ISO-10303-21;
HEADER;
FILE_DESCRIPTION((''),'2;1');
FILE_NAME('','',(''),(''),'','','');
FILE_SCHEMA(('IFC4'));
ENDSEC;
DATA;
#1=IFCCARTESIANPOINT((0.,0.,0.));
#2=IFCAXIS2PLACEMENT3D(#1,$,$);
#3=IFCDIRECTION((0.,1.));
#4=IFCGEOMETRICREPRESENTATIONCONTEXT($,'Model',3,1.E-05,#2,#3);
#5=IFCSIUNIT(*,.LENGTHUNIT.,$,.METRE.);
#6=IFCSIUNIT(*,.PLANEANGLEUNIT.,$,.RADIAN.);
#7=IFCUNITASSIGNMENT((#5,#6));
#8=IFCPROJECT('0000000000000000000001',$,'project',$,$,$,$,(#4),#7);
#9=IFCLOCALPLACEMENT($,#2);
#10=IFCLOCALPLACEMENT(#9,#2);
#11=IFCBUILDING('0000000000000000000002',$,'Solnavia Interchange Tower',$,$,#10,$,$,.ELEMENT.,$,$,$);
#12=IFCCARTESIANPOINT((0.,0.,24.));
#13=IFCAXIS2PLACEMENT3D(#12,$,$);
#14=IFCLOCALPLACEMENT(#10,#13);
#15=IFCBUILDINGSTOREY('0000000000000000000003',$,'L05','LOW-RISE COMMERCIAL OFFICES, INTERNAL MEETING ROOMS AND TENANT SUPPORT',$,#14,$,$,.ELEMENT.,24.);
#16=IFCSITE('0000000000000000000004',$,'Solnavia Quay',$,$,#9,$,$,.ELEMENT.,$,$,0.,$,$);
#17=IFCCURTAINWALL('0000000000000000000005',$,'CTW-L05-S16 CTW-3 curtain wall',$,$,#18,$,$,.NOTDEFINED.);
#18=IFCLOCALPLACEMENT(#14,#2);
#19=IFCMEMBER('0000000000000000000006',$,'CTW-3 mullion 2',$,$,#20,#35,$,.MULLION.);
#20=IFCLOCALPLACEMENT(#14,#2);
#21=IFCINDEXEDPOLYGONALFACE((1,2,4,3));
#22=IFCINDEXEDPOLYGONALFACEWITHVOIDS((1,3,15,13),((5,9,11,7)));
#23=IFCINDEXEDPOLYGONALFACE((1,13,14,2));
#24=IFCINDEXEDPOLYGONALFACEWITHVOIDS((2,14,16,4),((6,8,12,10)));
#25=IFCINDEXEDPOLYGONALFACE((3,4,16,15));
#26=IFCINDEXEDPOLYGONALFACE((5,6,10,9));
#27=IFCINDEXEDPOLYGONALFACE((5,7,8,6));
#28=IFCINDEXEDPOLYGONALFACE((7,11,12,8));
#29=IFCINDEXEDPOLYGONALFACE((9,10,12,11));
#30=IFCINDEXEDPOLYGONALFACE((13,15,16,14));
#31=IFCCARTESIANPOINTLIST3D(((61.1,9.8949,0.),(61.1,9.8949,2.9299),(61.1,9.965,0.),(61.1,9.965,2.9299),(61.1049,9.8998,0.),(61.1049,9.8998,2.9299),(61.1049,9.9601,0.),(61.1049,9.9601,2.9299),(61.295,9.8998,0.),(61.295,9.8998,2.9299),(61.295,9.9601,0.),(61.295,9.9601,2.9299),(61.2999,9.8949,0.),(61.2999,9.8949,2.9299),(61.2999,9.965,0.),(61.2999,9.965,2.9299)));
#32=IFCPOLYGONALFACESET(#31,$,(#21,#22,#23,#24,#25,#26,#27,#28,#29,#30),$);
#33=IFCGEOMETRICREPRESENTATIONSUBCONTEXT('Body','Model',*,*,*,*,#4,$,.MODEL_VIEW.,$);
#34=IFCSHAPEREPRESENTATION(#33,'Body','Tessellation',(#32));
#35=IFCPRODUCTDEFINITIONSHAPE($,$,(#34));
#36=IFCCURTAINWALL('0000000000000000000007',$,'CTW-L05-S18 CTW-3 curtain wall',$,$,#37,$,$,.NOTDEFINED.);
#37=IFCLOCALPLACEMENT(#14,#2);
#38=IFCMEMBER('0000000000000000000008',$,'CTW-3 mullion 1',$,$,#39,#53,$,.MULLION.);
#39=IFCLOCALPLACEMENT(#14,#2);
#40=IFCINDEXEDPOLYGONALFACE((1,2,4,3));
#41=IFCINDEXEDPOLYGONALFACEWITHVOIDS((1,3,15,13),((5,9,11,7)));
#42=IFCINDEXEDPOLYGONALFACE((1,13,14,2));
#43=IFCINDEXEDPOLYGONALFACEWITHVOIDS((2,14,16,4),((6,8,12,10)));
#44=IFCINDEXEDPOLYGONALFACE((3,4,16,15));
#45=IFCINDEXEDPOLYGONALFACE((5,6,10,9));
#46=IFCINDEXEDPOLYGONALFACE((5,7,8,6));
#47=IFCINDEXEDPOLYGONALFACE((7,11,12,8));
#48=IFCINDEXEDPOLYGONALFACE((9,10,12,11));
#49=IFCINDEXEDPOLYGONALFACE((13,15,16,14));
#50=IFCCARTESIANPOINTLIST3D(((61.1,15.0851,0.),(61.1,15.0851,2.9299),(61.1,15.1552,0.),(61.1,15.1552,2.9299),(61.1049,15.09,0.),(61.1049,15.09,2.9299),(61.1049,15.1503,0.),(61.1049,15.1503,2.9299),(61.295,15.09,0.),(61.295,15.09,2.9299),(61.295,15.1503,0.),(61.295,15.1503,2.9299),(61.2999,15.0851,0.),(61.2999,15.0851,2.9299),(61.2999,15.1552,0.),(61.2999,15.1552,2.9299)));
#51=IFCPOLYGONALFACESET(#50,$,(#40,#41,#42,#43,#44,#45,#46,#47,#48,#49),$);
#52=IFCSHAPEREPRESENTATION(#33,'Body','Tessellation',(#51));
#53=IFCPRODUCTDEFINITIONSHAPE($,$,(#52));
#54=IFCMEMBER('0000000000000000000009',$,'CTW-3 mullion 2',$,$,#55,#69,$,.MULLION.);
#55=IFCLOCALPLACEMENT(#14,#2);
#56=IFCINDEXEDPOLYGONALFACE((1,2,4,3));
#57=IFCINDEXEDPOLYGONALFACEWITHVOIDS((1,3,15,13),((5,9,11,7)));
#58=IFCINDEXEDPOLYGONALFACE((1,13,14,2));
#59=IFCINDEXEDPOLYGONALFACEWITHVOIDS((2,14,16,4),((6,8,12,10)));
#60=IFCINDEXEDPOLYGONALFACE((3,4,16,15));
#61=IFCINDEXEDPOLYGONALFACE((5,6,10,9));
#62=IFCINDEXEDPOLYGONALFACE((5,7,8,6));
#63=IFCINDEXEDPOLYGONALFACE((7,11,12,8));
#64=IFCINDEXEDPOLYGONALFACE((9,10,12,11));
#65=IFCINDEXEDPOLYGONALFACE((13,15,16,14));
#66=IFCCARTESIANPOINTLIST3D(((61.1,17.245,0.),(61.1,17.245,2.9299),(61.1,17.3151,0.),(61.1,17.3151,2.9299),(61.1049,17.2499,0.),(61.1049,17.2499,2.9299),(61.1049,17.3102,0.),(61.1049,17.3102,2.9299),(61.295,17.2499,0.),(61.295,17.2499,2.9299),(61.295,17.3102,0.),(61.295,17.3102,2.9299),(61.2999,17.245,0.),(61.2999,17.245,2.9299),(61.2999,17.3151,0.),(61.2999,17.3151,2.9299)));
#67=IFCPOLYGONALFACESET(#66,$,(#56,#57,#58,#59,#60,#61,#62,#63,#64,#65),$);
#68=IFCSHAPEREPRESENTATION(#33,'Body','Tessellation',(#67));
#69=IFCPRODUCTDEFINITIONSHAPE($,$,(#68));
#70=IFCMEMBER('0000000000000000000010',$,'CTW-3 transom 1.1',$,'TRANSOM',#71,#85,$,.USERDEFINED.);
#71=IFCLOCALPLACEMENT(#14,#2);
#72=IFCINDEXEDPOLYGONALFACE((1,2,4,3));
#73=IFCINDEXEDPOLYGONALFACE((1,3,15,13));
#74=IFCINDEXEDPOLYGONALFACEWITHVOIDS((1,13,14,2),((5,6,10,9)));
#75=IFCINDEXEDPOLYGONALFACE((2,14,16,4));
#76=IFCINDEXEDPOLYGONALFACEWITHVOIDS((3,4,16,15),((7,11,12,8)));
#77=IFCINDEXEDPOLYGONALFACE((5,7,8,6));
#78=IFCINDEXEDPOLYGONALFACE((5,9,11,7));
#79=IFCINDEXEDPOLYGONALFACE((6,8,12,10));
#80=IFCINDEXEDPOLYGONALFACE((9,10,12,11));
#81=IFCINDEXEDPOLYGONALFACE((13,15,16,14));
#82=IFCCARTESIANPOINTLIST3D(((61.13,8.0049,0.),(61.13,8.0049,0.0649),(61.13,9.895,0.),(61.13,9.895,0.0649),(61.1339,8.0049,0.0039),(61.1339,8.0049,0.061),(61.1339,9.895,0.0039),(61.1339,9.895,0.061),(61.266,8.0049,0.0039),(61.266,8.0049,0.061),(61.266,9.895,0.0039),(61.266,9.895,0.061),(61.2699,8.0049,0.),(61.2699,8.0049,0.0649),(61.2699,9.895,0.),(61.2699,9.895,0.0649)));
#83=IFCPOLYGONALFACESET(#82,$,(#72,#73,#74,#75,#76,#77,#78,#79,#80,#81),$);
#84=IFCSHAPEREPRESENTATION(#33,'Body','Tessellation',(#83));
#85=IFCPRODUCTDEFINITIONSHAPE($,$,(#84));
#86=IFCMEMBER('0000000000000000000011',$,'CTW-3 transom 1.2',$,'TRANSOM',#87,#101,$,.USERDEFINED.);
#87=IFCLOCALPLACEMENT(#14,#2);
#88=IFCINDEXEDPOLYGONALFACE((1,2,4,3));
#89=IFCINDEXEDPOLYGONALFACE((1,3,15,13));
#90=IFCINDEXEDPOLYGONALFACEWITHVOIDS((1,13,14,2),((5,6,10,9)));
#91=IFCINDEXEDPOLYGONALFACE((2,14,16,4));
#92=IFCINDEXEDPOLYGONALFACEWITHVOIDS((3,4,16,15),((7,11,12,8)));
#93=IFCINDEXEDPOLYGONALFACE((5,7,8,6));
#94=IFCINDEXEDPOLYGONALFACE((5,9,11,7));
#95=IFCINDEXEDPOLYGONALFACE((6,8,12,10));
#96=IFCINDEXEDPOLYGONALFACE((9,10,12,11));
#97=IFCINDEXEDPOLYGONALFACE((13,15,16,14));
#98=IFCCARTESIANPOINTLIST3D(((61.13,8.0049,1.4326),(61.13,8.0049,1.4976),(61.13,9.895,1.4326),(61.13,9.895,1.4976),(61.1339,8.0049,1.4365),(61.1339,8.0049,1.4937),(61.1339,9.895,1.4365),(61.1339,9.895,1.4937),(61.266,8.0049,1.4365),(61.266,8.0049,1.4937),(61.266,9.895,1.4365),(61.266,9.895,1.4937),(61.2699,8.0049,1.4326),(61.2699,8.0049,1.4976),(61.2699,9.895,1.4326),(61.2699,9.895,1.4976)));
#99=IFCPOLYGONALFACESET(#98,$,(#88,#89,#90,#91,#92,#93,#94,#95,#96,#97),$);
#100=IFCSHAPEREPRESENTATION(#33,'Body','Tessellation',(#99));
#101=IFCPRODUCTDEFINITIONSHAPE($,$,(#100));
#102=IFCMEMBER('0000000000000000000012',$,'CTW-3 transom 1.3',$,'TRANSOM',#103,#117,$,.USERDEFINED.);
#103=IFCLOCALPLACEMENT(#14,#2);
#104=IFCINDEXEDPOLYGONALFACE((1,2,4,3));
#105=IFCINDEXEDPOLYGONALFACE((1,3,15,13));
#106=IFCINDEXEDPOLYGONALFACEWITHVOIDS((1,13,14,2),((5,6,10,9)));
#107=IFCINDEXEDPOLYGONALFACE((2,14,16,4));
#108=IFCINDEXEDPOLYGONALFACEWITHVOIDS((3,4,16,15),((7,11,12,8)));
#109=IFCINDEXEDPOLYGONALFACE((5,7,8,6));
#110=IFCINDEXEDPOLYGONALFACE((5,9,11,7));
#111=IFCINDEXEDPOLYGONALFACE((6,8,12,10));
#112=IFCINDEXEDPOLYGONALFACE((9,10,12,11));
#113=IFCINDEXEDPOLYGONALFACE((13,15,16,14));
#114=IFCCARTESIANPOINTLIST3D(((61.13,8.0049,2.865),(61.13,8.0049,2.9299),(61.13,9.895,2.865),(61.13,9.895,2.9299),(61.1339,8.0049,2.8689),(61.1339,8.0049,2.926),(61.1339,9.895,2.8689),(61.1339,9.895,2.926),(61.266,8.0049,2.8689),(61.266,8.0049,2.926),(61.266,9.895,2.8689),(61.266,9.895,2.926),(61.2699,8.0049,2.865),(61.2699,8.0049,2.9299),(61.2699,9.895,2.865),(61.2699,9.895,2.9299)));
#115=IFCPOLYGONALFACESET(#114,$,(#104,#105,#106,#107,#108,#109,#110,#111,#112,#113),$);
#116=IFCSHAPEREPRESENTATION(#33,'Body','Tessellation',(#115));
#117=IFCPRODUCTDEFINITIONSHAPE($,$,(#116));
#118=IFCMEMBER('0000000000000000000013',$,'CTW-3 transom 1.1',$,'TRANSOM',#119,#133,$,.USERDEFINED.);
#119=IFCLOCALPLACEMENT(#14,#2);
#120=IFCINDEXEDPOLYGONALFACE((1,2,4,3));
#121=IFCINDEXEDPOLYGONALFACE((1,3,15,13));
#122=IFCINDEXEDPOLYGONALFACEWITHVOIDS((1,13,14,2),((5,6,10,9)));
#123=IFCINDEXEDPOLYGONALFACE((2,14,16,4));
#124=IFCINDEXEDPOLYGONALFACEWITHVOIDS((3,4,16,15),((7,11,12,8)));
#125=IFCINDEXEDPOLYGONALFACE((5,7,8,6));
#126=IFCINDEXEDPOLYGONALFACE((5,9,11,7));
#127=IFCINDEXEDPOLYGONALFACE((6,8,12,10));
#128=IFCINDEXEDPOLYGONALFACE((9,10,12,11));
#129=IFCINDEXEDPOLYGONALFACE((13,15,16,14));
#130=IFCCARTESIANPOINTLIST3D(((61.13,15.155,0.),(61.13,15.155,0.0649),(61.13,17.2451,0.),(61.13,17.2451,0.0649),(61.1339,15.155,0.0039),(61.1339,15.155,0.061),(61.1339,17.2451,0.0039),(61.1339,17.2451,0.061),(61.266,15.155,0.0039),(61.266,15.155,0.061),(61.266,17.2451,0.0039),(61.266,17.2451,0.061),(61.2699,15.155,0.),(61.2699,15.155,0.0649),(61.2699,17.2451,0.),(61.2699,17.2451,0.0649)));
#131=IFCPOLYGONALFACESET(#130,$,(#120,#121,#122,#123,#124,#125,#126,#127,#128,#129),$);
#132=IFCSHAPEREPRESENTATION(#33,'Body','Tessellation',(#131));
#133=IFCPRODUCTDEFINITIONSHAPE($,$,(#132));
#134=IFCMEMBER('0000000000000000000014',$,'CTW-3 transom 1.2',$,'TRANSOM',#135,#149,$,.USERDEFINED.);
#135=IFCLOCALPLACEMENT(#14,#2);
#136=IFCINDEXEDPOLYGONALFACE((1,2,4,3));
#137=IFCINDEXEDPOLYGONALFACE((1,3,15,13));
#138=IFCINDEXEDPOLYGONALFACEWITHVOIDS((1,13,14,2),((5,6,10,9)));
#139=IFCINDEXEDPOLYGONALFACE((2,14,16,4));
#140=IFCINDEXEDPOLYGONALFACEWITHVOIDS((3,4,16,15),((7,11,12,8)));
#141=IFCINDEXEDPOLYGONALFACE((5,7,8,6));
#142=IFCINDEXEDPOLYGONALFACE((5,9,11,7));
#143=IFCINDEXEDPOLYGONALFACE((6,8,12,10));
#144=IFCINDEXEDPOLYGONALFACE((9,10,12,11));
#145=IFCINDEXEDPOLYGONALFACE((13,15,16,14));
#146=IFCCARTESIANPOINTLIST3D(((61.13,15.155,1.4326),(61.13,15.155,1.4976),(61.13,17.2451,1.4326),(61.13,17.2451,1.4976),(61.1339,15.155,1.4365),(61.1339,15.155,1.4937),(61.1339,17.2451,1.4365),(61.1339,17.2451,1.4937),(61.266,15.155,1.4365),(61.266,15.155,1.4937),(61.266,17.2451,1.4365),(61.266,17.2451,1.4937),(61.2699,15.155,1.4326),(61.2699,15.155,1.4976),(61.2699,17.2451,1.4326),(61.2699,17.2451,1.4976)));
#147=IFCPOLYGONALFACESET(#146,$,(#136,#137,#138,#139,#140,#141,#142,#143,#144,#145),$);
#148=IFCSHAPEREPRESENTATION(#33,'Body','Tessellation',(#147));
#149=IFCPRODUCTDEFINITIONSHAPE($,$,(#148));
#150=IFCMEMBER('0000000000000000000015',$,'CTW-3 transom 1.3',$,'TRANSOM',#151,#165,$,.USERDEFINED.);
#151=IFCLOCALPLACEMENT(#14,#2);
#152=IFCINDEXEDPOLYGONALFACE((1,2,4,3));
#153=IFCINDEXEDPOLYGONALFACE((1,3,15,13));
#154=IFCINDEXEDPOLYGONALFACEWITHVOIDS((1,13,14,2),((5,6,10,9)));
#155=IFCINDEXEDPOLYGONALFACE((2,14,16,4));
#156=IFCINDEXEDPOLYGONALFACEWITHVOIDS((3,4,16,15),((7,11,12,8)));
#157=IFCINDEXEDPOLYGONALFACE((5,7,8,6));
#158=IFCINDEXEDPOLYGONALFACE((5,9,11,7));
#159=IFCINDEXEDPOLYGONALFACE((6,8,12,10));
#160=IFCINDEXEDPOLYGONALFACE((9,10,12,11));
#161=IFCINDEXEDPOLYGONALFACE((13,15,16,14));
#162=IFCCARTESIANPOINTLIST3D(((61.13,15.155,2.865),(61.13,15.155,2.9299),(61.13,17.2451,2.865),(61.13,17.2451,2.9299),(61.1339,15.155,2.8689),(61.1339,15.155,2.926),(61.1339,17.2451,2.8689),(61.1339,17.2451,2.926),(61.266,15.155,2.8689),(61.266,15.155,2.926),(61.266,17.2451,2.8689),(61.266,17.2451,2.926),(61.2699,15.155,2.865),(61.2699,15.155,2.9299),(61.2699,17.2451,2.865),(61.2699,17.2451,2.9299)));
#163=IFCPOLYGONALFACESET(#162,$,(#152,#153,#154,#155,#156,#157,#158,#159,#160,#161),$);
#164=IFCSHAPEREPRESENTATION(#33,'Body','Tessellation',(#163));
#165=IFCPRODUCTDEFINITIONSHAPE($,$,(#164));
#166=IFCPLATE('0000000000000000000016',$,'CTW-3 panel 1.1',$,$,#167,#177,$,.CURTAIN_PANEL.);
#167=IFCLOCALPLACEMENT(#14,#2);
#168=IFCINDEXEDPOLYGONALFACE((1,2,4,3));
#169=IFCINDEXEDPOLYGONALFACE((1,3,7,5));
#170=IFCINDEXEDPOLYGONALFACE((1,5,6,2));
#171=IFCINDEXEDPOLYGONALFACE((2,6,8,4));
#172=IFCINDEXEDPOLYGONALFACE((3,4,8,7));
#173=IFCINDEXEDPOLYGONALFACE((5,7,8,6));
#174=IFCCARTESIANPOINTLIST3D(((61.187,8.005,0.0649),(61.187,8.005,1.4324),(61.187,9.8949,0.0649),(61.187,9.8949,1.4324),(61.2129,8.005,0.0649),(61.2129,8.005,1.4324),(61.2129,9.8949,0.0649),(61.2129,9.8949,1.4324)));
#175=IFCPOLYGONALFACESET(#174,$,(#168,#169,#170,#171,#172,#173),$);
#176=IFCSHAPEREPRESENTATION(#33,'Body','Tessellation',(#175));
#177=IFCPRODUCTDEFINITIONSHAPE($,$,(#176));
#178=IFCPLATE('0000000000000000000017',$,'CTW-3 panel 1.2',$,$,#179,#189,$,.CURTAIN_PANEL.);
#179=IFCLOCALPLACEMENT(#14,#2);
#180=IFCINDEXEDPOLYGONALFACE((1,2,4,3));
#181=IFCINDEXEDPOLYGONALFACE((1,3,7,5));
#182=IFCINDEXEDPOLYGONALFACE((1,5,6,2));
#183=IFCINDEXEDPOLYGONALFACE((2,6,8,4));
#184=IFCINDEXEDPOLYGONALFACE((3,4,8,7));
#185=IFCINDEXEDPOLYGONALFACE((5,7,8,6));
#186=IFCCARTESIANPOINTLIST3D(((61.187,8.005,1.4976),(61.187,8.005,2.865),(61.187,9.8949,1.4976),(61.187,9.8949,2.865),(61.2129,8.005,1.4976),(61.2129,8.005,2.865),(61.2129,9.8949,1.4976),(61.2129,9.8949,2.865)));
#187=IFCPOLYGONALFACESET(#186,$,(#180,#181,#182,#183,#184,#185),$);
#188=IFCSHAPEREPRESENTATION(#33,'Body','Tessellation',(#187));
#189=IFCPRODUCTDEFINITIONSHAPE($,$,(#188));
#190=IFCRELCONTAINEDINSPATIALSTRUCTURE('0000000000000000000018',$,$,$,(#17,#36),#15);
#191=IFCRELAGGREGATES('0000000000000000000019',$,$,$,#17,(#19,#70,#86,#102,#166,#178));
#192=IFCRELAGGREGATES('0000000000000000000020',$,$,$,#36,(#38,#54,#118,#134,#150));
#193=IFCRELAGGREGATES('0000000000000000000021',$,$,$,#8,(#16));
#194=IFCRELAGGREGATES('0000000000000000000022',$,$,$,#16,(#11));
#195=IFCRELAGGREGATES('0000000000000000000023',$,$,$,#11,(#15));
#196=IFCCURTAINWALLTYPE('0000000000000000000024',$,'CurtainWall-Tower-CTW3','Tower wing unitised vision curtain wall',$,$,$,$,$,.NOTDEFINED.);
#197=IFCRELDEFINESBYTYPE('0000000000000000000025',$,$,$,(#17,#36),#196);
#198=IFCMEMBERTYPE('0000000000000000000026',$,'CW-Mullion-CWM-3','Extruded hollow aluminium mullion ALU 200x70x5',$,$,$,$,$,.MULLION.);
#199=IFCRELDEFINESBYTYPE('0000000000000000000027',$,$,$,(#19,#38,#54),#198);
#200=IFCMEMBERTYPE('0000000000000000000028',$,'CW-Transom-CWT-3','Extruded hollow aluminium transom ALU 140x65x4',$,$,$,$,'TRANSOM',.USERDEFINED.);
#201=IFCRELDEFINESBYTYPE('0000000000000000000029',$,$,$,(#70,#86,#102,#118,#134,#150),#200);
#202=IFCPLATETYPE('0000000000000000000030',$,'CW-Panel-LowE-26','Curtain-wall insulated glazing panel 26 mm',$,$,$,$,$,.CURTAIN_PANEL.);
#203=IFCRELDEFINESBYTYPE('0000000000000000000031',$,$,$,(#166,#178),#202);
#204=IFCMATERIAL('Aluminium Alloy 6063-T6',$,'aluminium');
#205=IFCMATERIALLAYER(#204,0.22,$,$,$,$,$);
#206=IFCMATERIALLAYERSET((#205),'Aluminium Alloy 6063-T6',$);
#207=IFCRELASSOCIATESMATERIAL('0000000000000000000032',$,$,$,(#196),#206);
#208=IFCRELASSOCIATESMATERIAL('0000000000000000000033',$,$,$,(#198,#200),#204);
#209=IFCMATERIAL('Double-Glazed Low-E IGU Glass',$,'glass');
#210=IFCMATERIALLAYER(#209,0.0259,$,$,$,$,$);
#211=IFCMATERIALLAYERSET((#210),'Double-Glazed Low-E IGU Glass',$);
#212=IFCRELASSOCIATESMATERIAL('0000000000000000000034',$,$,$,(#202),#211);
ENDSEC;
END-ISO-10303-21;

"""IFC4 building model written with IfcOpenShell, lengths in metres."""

from ifc_helpers import new_model, si_unit, direction, frame, origin, origin_2d, place, context, subcontext, project, spatial, rectangle, hollow_rectangle, extrude, material, layer, layer_set, material_profile, profile_set, type_object, element, aggregate, save


model = new_model("IFC4")

# Units and contexts
model_context = context("Model", 3, precision=1e-05, world=origin(), true_north=direction((0.0, 1.0)))
body_context = subcontext(model_context, "Body", "Model", "MODEL_VIEW")
ifc_project = project(units=[si_unit("LENGTHUNIT", "METRE"), si_unit("PLANEANGLEUNIT", "RADIAN")], contexts=[model_context])

# Site, building, storey
site_placement = place(None, origin())
site = spatial("IfcSite", under=ifc_project, at=site_placement, Name="Solnavia Quay", CompositionType="ELEMENT", RefElevation=0.0)
building_placement = place(site_placement, origin())
building = spatial("IfcBuilding", under=site, at=building_placement, Name="Solnavia Interchange Tower", CompositionType="ELEMENT")
storey_placement = place(building_placement, frame((0.0, 0.0, 24.0)))
storey = spatial("IfcBuildingStorey", under=building, at=storey_placement, Name="L05", Description="LOW-RISE COMMERCIAL OFFICES, INTERNAL MEETING ROOMS AND TENANT SUPPORT", CompositionType="ELEMENT", Elevation=24.0)

# Curtain walls, members
ifc_material_1 = material(Name="Aluminium Alloy 6063-T6", Category="aluminium")
ifc_layer_1 = layer(ifc_material_1, 0.22)
ifc_layer_set_1 = layer_set([ifc_layer_1], Name="Aluminium Alloy 6063-T6")
curtain_wall_type = type_object("IfcCurtainWallType", Name="CurtainWall-Tower-CTW3", Description="Tower wing unitised vision curtain wall", PredefinedType="NOTDEFINED", material=ifc_layer_set_1)
curtain_wall_1_placement = place(storey_placement, origin())
curtain_wall_1 = element("IfcCurtainWall", 1, at=curtain_wall_1_placement, inside=storey, type_object=curtain_wall_type, Name="CTW-L05-S16 CTW-3 curtain wall", PredefinedType="NOTDEFINED")
ifc_material_profile_1 = material_profile(ifc_material_1, hollow_rectangle(XDim=0.0701, YDim=0.2, WallThickness=0.0049, at=origin_2d()), Name="ALU 200x70x5")
ifc_profile_set_1 = profile_set([ifc_material_profile_1], Name="Aluminium Alloy 6063-T6")
member_type_1 = type_object("IfcMemberType", Name="CW-Mullion-CWM-3", Description="Extruded hollow aluminium mullion ALU 200x70x5", PredefinedType="MULLION", material=ifc_profile_set_1)
member_1_placement = place(storey_placement, frame((61.2, 9.9299, 0.0), z_axis=(0.0, 0.0, 1.0), x_axis=(0.0, 1.0, 0.0)))
member_1 = element("IfcMember", 2, at=member_1_placement, type_object=member_type_1, Name="CTW-3 mullion 2", PredefinedType="MULLION", context=body_context, shape_type="SweptSolid", body=[
    extrude(hollow_rectangle(XDim=0.0701, YDim=0.2, WallThickness=0.0049, at=origin_2d()), origin(), (0.0, 0.0, 1.0), 2.9299),
])
curtain_wall_2_placement = place(storey_placement, origin())
curtain_wall_2 = element("IfcCurtainWall", 3, at=curtain_wall_2_placement, inside=storey, type_object=curtain_wall_type, Name="CTW-L05-S18 CTW-3 curtain wall", PredefinedType="NOTDEFINED")
member_2_placement = place(storey_placement, frame((61.2, 15.1201, 0.0), z_axis=(0.0, 0.0, 1.0), x_axis=(0.0, 1.0, 0.0)))
member_2 = element("IfcMember", 4, at=member_2_placement, type_object=member_type_1, Name="CTW-3 mullion 1", PredefinedType="MULLION", context=body_context, shape_type="SweptSolid", body=[
    extrude(hollow_rectangle(XDim=0.0701, YDim=0.2, WallThickness=0.0049, at=origin_2d()), origin(), (0.0, 0.0, 1.0), 2.9299),
])
member_3_placement = place(storey_placement, frame((61.2, 17.28, 0.0), z_axis=(0.0, 0.0, 1.0), x_axis=(0.0, 1.0, 0.0)))
member_3 = element("IfcMember", 5, at=member_3_placement, type_object=member_type_1, Name="CTW-3 mullion 2", PredefinedType="MULLION", context=body_context, shape_type="SweptSolid", body=[
    extrude(hollow_rectangle(XDim=0.0701, YDim=0.2, WallThickness=0.0049, at=origin_2d()), origin(), (0.0, 0.0, 1.0), 2.9299),
])

# Members
ifc_material_profile_2 = material_profile(ifc_material_1, hollow_rectangle(XDim=0.0649, YDim=0.1399, WallThickness=0.0039, at=origin_2d()), Name="ALU 140x65x4")
ifc_profile_set_2 = profile_set([ifc_material_profile_2], Name="Aluminium Alloy 6063-T6")
member_type_2 = type_object("IfcMemberType", Name="CW-Transom-CWT-3", Description="Extruded hollow aluminium transom ALU 140x65x4", ElementType="TRANSOM", PredefinedType="USERDEFINED", material=ifc_profile_set_2)
member_4_placement = place(storey_placement, frame((61.2, 8.0049, 0.0325), z_axis=(0.0, 1.0, 0.0), x_axis=(0.0, 0.0, 1.0)))
member_4 = element("IfcMember", 6, at=member_4_placement, type_object=member_type_2, Name="CTW-3 transom 1.1", ObjectType="TRANSOM", PredefinedType="USERDEFINED", context=body_context, shape_type="SweptSolid", body=[
    extrude(hollow_rectangle(XDim=0.0649, YDim=0.1399, WallThickness=0.0039, at=origin_2d()), origin(), (0.0, 0.0, 1.0), 1.8901),
])
member_5_placement = place(storey_placement, frame((61.2, 8.0049, 1.4651), z_axis=(0.0, 1.0, 0.0), x_axis=(0.0, 0.0, 1.0)))
member_5 = element("IfcMember", 7, at=member_5_placement, type_object=member_type_2, Name="CTW-3 transom 1.2", ObjectType="TRANSOM", PredefinedType="USERDEFINED", context=body_context, shape_type="SweptSolid", body=[
    extrude(hollow_rectangle(XDim=0.0649, YDim=0.1399, WallThickness=0.0039, at=origin_2d()), origin(), (0.0, 0.0, 1.0), 1.8901),
])
member_6_placement = place(storey_placement, frame((61.2, 8.0049, 2.8975), z_axis=(0.0, 1.0, 0.0), x_axis=(0.0, 0.0, 1.0)))
member_6 = element("IfcMember", 8, at=member_6_placement, type_object=member_type_2, Name="CTW-3 transom 1.3", ObjectType="TRANSOM", PredefinedType="USERDEFINED", context=body_context, shape_type="SweptSolid", body=[
    extrude(hollow_rectangle(XDim=0.0649, YDim=0.1399, WallThickness=0.0039, at=origin_2d()), origin(), (0.0, 0.0, 1.0), 1.8901),
])
member_7_placement = place(storey_placement, frame((61.2, 15.155, 0.0325), z_axis=(0.0, 1.0, 0.0), x_axis=(0.0, 0.0, 1.0)))
member_7 = element("IfcMember", 9, at=member_7_placement, type_object=member_type_2, Name="CTW-3 transom 1.1", ObjectType="TRANSOM", PredefinedType="USERDEFINED", context=body_context, shape_type="SweptSolid", body=[
    extrude(hollow_rectangle(XDim=0.0649, YDim=0.1399, WallThickness=0.0039, at=origin_2d()), origin(), (0.0, 0.0, 1.0), 2.0901),
])
member_8_placement = place(storey_placement, frame((61.2, 15.155, 1.4651), z_axis=(0.0, 1.0, 0.0), x_axis=(0.0, 0.0, 1.0)))
member_8 = element("IfcMember", 10, at=member_8_placement, type_object=member_type_2, Name="CTW-3 transom 1.2", ObjectType="TRANSOM", PredefinedType="USERDEFINED", context=body_context, shape_type="SweptSolid", body=[
    extrude(hollow_rectangle(XDim=0.0649, YDim=0.1399, WallThickness=0.0039, at=origin_2d()), origin(), (0.0, 0.0, 1.0), 2.0901),
])
member_9_placement = place(storey_placement, frame((61.2, 15.155, 2.8975), z_axis=(0.0, 1.0, 0.0), x_axis=(0.0, 0.0, 1.0)))
member_9 = element("IfcMember", 11, at=member_9_placement, type_object=member_type_2, Name="CTW-3 transom 1.3", ObjectType="TRANSOM", PredefinedType="USERDEFINED", context=body_context, shape_type="SweptSolid", body=[
    extrude(hollow_rectangle(XDim=0.0649, YDim=0.1399, WallThickness=0.0039, at=origin_2d()), origin(), (0.0, 0.0, 1.0), 2.0901),
])

# Plates
ifc_material_2 = material(Name="Double-Glazed Low-E IGU Glass", Category="glass")
ifc_layer_2 = layer(ifc_material_2, 0.0259)
ifc_layer_set_2 = layer_set([ifc_layer_2], Name="Double-Glazed Low-E IGU Glass")
plate_type = type_object("IfcPlateType", Name="CW-Panel-LowE-26", Description="Curtain-wall insulated glazing panel 26 mm", PredefinedType="CURTAIN_PANEL", material=ifc_layer_set_2)
plate_1_placement = place(storey_placement, frame((61.2, 8.95, 0.0649), z_axis=(0.0, 0.0, 1.0), x_axis=(0.0, 1.0, 0.0)))
plate_1 = element("IfcPlate", 12, at=plate_1_placement, type_object=plate_type, Name="CTW-3 panel 1.1", PredefinedType="CURTAIN_PANEL", context=body_context, shape_type="SweptSolid", body=[
    extrude(rectangle(XDim=1.8899, YDim=0.0259, at=origin_2d()), origin(), (0.0, 0.0, 1.0), 1.3674),
])
plate_2_placement = place(storey_placement, frame((61.2, 8.95, 1.4976), z_axis=(0.0, 0.0, 1.0), x_axis=(0.0, 1.0, 0.0)))
plate_2 = element("IfcPlate", 13, at=plate_2_placement, type_object=plate_type, Name="CTW-3 panel 1.2", PredefinedType="CURTAIN_PANEL", context=body_context, shape_type="SweptSolid", body=[
    extrude(rectangle(XDim=1.8899, YDim=0.0259, at=origin_2d()), origin(), (0.0, 0.0, 1.0), 1.3674),
])
aggregate(curtain_wall_1, [member_1, member_4, member_5, member_6, plate_1, plate_2])
aggregate(curtain_wall_2, [member_2, member_3, member_7, member_8, member_9])

save(model, "model.ifc")
